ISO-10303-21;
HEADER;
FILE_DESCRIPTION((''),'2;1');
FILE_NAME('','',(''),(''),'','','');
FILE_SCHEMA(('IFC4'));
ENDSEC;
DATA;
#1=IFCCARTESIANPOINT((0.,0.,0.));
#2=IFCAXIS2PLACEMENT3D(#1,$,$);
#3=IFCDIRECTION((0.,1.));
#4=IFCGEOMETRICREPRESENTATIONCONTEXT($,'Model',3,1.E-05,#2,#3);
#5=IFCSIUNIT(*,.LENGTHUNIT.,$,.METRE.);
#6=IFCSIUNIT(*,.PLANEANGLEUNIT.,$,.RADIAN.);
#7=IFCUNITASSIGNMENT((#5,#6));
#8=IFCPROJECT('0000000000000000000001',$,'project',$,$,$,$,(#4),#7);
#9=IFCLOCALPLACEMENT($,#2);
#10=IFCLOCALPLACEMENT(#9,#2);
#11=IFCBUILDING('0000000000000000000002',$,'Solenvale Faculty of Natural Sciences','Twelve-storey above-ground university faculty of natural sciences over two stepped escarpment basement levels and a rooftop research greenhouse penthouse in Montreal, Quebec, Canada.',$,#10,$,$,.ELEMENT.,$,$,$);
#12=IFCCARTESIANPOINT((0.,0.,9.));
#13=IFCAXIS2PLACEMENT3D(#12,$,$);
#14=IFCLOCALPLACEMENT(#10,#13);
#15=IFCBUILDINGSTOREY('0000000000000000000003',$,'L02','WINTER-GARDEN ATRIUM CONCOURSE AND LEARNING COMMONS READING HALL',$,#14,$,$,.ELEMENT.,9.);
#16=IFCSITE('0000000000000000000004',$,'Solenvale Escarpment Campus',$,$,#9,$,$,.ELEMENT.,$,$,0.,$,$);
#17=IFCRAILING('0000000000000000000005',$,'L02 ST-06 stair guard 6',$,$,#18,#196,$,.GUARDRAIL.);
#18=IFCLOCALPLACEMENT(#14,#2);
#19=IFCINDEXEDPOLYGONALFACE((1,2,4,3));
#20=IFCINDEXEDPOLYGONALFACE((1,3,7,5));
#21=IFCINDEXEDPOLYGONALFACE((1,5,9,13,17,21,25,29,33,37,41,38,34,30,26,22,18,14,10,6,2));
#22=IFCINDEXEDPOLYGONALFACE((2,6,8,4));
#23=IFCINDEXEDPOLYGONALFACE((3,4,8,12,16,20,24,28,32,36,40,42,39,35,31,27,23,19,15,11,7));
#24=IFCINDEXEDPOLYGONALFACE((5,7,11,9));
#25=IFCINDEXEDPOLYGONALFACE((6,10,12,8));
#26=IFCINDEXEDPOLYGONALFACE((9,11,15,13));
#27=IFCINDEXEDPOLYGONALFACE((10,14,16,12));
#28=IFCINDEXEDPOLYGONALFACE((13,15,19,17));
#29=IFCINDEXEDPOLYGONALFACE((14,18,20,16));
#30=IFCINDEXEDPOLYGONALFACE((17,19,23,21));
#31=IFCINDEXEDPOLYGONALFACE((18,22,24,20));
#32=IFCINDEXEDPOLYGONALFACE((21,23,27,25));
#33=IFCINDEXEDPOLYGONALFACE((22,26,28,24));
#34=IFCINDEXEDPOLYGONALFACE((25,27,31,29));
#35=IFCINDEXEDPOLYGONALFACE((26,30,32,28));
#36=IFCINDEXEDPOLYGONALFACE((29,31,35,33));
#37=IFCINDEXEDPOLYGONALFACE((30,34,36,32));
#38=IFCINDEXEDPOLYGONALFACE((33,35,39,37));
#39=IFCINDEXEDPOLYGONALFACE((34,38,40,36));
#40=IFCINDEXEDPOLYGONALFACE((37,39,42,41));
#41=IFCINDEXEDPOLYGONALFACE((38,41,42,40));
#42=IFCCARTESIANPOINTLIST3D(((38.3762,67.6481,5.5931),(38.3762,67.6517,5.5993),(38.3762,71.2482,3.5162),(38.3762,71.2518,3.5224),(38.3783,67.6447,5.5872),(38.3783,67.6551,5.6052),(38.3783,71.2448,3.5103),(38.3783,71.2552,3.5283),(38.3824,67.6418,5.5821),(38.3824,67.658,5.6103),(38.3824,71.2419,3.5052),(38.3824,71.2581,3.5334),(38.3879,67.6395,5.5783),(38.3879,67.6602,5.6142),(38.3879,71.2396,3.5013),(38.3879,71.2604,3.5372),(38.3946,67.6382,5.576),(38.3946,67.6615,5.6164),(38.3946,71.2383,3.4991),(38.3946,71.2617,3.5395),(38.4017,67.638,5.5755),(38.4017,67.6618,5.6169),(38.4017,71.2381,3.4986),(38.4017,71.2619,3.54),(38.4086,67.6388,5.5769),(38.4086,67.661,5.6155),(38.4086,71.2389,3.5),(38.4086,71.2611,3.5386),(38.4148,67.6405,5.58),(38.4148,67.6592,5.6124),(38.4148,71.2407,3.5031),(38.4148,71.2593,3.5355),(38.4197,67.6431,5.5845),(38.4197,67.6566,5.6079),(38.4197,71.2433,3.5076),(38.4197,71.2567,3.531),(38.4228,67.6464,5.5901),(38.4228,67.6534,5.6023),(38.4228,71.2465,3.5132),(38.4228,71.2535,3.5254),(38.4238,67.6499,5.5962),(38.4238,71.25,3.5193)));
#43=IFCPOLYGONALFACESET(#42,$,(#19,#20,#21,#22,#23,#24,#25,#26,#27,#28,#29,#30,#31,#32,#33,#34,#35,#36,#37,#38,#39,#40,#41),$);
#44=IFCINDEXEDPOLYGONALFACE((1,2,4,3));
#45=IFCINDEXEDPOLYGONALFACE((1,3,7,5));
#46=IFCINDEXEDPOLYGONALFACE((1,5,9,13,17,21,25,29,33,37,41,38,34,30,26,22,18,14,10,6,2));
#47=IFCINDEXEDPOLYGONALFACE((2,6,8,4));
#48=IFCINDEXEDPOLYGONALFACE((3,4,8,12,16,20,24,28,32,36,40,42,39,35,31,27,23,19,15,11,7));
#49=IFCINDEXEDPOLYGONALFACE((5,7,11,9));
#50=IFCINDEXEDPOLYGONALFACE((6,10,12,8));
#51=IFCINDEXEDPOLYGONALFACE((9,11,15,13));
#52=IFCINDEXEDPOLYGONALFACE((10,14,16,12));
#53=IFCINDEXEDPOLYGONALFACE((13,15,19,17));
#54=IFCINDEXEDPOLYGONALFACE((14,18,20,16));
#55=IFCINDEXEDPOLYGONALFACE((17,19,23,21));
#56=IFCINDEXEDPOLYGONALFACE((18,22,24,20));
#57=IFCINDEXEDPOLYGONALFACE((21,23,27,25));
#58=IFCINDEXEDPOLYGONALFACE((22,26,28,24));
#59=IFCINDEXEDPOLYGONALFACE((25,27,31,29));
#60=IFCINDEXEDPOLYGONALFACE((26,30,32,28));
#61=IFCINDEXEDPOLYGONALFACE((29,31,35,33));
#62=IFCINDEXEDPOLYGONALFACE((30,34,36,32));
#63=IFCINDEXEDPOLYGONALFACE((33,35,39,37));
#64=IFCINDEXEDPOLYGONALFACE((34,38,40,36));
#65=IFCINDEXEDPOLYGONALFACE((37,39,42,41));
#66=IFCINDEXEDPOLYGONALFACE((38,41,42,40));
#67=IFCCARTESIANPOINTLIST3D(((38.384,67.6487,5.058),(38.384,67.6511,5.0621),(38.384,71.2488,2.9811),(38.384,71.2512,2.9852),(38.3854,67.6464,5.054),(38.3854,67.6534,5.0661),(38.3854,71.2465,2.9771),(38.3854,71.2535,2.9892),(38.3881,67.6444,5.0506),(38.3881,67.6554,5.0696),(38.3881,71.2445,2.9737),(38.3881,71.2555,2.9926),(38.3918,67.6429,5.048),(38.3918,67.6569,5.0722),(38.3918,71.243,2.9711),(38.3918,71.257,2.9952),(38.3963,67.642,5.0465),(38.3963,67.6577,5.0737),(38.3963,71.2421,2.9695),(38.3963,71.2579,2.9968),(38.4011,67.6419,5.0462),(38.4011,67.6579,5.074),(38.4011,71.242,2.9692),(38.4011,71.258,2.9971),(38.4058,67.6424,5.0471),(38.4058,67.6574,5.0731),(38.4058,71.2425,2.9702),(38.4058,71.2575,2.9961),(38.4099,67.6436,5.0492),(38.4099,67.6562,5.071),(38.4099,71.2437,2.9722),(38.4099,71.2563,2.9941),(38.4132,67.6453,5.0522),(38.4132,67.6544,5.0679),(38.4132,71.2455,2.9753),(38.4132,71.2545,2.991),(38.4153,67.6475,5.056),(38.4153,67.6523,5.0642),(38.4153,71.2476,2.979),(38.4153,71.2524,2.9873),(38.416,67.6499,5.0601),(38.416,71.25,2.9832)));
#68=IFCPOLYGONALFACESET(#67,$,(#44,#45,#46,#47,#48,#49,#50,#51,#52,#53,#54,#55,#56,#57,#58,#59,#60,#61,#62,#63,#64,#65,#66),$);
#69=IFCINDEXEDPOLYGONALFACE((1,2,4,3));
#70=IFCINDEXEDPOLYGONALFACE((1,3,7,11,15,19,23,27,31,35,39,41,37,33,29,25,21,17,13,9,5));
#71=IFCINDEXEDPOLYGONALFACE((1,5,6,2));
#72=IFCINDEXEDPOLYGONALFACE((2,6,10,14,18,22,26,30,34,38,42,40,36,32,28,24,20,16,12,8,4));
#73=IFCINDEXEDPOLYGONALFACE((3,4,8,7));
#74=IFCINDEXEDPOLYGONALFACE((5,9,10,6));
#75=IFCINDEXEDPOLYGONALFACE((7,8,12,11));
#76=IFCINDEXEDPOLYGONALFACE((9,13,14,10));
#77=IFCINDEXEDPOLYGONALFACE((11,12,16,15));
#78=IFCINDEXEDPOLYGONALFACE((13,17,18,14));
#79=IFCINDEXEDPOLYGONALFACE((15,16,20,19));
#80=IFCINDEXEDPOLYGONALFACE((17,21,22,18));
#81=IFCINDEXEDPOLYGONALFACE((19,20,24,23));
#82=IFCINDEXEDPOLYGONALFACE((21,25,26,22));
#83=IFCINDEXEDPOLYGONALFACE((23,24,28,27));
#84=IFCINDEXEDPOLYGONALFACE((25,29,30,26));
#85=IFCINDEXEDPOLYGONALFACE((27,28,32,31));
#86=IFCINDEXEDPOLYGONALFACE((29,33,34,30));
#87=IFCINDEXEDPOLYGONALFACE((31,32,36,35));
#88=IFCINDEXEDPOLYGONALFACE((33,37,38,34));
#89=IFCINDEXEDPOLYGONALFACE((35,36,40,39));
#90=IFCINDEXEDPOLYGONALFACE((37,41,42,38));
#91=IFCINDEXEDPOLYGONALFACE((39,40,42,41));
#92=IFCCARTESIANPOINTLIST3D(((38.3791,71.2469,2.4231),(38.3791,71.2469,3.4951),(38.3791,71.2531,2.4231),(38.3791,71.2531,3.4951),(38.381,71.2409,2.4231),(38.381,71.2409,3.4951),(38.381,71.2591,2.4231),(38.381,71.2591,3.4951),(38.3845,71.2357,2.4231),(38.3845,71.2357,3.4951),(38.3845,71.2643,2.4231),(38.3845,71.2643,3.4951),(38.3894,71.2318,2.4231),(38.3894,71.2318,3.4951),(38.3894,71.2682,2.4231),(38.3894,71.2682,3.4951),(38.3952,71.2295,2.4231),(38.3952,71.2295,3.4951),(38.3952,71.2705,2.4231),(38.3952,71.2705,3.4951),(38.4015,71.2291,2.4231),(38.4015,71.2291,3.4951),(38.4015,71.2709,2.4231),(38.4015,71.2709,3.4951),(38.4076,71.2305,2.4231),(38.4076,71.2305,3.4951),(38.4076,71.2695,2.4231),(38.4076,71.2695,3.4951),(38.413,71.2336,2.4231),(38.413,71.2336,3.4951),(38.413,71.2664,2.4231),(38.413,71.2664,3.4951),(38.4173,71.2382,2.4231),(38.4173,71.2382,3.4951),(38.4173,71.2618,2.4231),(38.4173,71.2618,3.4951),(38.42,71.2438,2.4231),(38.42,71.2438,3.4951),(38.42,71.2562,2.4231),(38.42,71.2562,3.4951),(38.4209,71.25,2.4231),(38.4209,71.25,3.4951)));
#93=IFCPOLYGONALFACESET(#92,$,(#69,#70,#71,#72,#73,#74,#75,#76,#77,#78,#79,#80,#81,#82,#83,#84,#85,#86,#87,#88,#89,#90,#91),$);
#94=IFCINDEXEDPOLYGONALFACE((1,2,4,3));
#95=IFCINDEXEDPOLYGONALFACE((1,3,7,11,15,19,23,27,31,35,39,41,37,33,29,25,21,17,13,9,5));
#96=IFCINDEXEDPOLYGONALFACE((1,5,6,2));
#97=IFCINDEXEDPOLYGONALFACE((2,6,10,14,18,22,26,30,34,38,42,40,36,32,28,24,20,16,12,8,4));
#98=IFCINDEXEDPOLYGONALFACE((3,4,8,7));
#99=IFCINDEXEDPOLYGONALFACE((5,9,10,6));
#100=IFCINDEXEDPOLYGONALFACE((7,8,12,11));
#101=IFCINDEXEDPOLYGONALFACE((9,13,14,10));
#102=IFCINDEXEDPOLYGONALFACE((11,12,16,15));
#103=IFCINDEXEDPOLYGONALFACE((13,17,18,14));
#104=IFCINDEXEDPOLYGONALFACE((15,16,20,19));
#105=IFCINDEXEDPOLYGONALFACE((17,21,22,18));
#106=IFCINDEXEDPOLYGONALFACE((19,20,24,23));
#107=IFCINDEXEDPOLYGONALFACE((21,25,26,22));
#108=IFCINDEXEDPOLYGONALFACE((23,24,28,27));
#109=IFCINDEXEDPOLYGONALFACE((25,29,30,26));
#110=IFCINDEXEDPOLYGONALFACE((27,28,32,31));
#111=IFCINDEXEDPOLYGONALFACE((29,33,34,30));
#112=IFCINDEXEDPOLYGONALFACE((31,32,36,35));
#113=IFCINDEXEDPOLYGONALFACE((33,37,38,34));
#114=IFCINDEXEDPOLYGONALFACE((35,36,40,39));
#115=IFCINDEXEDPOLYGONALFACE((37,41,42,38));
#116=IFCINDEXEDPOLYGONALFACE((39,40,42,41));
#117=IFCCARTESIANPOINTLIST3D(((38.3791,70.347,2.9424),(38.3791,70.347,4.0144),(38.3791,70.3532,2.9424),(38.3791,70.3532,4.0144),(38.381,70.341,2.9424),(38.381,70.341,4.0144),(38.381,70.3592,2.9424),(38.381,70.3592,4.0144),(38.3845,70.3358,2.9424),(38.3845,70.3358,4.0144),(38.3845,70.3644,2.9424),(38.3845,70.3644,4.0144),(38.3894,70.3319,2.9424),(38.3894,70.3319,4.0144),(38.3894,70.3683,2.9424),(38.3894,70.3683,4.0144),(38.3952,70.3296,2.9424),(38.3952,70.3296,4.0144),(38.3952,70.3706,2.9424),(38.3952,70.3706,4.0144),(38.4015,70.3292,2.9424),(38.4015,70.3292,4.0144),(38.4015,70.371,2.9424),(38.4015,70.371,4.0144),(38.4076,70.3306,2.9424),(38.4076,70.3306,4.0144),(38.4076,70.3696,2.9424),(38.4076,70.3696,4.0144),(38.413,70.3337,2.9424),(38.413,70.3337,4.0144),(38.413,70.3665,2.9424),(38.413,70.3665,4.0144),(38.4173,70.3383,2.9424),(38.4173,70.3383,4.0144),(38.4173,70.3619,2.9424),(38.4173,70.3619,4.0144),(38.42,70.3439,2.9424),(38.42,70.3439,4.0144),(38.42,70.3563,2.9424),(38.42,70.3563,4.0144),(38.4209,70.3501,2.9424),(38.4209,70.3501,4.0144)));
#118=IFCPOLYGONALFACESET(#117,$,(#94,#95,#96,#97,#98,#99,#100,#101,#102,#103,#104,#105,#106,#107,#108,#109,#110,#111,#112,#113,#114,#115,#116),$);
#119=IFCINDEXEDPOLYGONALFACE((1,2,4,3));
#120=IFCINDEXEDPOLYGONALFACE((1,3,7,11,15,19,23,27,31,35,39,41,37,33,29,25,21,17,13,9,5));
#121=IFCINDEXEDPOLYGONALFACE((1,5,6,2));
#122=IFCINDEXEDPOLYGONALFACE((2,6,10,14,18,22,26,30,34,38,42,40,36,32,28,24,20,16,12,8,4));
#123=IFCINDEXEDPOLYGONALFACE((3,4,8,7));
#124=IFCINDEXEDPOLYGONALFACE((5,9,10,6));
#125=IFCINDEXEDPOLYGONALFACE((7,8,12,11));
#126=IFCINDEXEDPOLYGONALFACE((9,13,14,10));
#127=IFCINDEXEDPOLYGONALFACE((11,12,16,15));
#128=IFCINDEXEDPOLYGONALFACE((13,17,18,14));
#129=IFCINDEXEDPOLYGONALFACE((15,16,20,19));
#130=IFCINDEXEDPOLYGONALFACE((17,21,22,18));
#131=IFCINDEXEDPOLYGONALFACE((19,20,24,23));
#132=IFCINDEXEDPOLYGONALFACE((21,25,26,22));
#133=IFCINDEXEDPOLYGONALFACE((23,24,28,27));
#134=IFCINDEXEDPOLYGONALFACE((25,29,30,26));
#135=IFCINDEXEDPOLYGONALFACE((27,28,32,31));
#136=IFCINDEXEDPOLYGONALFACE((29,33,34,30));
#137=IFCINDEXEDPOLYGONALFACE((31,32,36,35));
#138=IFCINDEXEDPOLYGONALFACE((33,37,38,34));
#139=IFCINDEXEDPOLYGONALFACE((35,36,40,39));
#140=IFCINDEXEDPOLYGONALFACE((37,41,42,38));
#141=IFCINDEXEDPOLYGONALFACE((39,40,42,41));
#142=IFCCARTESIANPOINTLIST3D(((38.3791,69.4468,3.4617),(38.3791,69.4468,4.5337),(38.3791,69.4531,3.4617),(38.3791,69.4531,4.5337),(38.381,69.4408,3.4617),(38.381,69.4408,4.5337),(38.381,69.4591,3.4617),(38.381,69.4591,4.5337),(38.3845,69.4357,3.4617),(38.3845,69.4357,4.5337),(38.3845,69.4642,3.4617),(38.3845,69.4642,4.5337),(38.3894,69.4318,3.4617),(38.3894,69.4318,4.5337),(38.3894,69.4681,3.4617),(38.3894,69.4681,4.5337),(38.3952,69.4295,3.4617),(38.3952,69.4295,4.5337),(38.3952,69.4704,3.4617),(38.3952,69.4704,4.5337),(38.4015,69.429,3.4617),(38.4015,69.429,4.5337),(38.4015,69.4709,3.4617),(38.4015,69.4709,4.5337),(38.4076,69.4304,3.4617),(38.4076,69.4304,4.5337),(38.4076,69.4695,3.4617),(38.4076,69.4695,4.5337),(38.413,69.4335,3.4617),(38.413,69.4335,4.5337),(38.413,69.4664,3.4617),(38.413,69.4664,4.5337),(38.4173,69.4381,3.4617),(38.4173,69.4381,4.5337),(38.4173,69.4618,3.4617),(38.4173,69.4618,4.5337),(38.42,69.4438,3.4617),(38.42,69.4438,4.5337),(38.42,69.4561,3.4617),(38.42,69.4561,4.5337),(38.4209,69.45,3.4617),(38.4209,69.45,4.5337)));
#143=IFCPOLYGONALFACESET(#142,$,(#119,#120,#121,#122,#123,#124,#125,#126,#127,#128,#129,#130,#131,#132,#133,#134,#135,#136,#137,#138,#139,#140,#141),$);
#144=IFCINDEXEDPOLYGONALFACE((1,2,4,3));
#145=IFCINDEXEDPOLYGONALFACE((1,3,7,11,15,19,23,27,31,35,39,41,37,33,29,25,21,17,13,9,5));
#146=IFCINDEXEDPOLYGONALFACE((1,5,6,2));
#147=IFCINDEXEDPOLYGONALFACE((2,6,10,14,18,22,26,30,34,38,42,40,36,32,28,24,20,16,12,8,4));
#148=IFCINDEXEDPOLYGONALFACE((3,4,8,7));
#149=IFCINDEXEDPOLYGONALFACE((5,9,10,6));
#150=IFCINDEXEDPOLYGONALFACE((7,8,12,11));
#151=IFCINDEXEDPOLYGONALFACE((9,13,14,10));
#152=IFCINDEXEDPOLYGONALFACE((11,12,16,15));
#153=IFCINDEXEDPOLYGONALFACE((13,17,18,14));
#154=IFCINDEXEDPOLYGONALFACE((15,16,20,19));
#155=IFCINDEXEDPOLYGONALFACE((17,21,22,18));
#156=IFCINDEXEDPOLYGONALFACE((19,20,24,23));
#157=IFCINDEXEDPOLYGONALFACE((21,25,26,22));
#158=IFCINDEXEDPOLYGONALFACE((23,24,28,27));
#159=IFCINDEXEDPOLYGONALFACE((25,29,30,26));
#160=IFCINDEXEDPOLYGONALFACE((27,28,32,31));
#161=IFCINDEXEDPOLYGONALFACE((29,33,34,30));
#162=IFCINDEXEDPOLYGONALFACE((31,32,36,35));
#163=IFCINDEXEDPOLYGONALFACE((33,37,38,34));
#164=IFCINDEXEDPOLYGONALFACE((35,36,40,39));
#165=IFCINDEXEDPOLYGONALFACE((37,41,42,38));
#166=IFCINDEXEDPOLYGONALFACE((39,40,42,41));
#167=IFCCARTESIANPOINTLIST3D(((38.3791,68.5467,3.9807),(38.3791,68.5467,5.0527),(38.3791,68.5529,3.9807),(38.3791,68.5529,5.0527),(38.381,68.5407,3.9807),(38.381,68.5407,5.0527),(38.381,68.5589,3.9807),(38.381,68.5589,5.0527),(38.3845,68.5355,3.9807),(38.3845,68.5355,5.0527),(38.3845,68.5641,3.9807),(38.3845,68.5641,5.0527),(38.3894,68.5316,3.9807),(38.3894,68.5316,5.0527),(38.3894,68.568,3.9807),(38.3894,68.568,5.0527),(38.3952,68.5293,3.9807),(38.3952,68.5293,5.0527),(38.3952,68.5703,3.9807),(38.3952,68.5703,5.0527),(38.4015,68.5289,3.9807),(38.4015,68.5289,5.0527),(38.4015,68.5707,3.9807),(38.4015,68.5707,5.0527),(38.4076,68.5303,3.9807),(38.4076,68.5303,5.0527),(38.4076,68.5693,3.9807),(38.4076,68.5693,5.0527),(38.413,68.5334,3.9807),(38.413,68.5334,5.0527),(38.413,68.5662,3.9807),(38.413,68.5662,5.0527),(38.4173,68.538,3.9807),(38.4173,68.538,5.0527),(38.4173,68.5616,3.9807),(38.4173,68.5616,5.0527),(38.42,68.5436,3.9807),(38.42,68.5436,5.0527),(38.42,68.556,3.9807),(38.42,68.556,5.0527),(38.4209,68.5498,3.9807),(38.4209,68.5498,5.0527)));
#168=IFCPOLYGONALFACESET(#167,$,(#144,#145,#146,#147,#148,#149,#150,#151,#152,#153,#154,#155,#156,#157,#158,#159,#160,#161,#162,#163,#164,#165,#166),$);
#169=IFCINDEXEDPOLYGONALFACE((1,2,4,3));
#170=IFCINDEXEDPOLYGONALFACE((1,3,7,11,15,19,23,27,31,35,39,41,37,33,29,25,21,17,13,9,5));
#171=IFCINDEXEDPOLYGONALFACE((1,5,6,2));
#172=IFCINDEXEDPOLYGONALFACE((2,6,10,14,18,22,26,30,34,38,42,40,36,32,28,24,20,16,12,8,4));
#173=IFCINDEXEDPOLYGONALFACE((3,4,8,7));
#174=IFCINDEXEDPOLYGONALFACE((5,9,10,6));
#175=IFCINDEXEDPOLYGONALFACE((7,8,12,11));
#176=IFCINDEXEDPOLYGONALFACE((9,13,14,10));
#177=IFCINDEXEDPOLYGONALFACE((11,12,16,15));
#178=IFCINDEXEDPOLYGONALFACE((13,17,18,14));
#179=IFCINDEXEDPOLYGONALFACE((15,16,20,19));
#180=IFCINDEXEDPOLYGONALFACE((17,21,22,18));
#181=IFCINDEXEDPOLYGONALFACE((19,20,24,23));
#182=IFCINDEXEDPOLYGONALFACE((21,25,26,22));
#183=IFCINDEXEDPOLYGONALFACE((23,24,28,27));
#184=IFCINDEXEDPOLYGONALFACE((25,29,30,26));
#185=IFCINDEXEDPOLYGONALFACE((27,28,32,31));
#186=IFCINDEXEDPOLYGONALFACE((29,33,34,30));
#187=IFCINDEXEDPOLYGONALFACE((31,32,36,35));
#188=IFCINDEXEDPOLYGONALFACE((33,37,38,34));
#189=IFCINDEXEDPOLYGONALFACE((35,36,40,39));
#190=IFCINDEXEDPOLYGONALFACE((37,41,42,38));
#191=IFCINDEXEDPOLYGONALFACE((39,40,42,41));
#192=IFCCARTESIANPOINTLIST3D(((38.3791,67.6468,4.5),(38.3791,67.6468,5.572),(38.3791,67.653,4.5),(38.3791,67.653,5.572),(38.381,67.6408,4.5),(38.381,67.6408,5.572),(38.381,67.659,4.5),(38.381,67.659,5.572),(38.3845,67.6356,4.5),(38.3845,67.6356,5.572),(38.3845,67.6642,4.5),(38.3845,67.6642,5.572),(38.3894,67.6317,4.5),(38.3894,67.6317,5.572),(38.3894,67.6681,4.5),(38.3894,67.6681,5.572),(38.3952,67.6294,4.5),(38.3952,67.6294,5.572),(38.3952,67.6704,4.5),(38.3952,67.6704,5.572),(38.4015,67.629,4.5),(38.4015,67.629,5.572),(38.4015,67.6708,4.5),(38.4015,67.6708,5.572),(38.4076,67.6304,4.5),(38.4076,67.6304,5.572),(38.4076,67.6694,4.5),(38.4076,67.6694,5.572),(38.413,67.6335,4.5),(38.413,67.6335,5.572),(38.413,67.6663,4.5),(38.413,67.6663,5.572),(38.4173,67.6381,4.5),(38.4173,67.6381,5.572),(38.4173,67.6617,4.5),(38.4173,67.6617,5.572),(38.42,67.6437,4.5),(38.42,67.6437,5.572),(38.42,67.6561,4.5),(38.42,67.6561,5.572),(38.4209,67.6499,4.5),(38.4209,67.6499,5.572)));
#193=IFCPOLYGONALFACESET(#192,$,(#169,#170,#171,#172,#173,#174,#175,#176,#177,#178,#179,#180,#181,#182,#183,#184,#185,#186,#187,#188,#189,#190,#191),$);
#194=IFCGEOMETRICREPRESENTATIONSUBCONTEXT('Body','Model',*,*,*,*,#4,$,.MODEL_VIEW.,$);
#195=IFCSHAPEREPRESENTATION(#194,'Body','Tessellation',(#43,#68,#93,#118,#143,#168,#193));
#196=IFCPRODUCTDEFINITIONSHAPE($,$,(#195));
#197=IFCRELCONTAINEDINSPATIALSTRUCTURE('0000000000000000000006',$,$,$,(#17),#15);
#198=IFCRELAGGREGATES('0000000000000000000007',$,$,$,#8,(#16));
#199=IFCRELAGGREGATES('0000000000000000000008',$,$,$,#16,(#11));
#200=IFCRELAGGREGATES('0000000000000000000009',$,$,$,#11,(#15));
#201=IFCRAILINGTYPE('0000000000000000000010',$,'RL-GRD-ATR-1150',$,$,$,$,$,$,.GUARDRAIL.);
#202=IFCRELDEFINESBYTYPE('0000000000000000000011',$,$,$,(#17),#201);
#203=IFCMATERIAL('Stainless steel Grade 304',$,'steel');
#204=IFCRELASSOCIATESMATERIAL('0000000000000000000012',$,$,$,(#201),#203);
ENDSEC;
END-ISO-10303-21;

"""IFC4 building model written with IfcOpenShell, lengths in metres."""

from ifc_helpers import new_model, si_unit, direction, frame, origin, origin_2d, place, context, subcontext, project, spatial, circle, extrude, material, type_object, element, save


model = new_model("IFC4")

# Units and contexts
model_context = context("Model", 3, precision=1e-05, world=origin(), true_north=direction((0.0, 1.0)))
body_context = subcontext(model_context, "Body", "Model", "MODEL_VIEW")
ifc_project = project(units=[si_unit("LENGTHUNIT", "METRE"), si_unit("PLANEANGLEUNIT", "RADIAN")], contexts=[model_context])

# Site, building, storey
site_placement = place(None, origin())
site = spatial("IfcSite", under=ifc_project, at=site_placement, Name="Solenvale Escarpment Campus", CompositionType="ELEMENT", RefElevation=0.0)
building_placement = place(site_placement, origin())
building = spatial("IfcBuilding", under=site, at=building_placement, Name="Solenvale Faculty of Natural Sciences", Description="Twelve-storey above-ground university faculty of natural sciences over two stepped escarpment basement levels and a rooftop research greenhouse penthouse in Montreal, Quebec, Canada.", CompositionType="ELEMENT")
storey_placement = place(building_placement, frame((0.0, 0.0, 9.0)))
storey = spatial("IfcBuildingStorey", under=building, at=storey_placement, Name="L02", Description="WINTER-GARDEN ATRIUM CONCOURSE AND LEARNING COMMONS READING HALL", CompositionType="ELEMENT", Elevation=9.0)

# Railing
ifc_material_1 = material(Name="Stainless steel Grade 304", Category="steel")
railing_type_1 = type_object("IfcRailingType", Name="RL-GRD-ATR-1150", PredefinedType="GUARDRAIL", material=ifc_material_1)
railing_1_placement = place(storey_placement, frame((38.3999, 71.25, 2.4231)))
element("IfcRailing", 1, at=railing_1_placement, inside=storey, type_object=railing_type_1, Name="L02 ST-06 stair guard 6", PredefinedType="GUARDRAIL", context=body_context, shape_type="SweptSolid", body=[
    extrude(circle(Radius=0.0239, at=origin_2d()), frame((0.0, 0.0, 1.0962), z_axis=(0.0, -0.866193, 0.499709), x_axis=(1.0, 0.0, 0.0)), (0.0, 0.0, 1.0), 4.1562),
    extrude(circle(Radius=0.0161, at=origin_2d()), frame((0.0, 0.0, 0.5601), z_axis=(0.0, -0.866193, 0.499709), x_axis=(1.0, 0.0, 0.0)), (0.0, 0.0, 1.0), 4.1562),
    extrude(circle(Radius=0.021, at=origin_2d()), origin(), (0.0, 0.0, 1.0), 1.072),
    extrude(circle(Radius=0.021, at=origin_2d()), frame((0.0, -0.8999, 0.5193)), (0.0, 0.0, 1.0), 1.072),
    extrude(circle(Radius=0.021, at=origin_2d()), frame((0.0, -1.8, 1.0386)), (0.0, 0.0, 1.0), 1.072),
    extrude(circle(Radius=0.021, at=origin_2d()), frame((0.0, -2.7002, 1.5576)), (0.0, 0.0, 1.0), 1.072),
    extrude(circle(Radius=0.021, at=origin_2d()), frame((0.0, -3.6001, 2.0769)), (0.0, 0.0, 1.0), 1.072),
])

save(model, "model.ifc")
